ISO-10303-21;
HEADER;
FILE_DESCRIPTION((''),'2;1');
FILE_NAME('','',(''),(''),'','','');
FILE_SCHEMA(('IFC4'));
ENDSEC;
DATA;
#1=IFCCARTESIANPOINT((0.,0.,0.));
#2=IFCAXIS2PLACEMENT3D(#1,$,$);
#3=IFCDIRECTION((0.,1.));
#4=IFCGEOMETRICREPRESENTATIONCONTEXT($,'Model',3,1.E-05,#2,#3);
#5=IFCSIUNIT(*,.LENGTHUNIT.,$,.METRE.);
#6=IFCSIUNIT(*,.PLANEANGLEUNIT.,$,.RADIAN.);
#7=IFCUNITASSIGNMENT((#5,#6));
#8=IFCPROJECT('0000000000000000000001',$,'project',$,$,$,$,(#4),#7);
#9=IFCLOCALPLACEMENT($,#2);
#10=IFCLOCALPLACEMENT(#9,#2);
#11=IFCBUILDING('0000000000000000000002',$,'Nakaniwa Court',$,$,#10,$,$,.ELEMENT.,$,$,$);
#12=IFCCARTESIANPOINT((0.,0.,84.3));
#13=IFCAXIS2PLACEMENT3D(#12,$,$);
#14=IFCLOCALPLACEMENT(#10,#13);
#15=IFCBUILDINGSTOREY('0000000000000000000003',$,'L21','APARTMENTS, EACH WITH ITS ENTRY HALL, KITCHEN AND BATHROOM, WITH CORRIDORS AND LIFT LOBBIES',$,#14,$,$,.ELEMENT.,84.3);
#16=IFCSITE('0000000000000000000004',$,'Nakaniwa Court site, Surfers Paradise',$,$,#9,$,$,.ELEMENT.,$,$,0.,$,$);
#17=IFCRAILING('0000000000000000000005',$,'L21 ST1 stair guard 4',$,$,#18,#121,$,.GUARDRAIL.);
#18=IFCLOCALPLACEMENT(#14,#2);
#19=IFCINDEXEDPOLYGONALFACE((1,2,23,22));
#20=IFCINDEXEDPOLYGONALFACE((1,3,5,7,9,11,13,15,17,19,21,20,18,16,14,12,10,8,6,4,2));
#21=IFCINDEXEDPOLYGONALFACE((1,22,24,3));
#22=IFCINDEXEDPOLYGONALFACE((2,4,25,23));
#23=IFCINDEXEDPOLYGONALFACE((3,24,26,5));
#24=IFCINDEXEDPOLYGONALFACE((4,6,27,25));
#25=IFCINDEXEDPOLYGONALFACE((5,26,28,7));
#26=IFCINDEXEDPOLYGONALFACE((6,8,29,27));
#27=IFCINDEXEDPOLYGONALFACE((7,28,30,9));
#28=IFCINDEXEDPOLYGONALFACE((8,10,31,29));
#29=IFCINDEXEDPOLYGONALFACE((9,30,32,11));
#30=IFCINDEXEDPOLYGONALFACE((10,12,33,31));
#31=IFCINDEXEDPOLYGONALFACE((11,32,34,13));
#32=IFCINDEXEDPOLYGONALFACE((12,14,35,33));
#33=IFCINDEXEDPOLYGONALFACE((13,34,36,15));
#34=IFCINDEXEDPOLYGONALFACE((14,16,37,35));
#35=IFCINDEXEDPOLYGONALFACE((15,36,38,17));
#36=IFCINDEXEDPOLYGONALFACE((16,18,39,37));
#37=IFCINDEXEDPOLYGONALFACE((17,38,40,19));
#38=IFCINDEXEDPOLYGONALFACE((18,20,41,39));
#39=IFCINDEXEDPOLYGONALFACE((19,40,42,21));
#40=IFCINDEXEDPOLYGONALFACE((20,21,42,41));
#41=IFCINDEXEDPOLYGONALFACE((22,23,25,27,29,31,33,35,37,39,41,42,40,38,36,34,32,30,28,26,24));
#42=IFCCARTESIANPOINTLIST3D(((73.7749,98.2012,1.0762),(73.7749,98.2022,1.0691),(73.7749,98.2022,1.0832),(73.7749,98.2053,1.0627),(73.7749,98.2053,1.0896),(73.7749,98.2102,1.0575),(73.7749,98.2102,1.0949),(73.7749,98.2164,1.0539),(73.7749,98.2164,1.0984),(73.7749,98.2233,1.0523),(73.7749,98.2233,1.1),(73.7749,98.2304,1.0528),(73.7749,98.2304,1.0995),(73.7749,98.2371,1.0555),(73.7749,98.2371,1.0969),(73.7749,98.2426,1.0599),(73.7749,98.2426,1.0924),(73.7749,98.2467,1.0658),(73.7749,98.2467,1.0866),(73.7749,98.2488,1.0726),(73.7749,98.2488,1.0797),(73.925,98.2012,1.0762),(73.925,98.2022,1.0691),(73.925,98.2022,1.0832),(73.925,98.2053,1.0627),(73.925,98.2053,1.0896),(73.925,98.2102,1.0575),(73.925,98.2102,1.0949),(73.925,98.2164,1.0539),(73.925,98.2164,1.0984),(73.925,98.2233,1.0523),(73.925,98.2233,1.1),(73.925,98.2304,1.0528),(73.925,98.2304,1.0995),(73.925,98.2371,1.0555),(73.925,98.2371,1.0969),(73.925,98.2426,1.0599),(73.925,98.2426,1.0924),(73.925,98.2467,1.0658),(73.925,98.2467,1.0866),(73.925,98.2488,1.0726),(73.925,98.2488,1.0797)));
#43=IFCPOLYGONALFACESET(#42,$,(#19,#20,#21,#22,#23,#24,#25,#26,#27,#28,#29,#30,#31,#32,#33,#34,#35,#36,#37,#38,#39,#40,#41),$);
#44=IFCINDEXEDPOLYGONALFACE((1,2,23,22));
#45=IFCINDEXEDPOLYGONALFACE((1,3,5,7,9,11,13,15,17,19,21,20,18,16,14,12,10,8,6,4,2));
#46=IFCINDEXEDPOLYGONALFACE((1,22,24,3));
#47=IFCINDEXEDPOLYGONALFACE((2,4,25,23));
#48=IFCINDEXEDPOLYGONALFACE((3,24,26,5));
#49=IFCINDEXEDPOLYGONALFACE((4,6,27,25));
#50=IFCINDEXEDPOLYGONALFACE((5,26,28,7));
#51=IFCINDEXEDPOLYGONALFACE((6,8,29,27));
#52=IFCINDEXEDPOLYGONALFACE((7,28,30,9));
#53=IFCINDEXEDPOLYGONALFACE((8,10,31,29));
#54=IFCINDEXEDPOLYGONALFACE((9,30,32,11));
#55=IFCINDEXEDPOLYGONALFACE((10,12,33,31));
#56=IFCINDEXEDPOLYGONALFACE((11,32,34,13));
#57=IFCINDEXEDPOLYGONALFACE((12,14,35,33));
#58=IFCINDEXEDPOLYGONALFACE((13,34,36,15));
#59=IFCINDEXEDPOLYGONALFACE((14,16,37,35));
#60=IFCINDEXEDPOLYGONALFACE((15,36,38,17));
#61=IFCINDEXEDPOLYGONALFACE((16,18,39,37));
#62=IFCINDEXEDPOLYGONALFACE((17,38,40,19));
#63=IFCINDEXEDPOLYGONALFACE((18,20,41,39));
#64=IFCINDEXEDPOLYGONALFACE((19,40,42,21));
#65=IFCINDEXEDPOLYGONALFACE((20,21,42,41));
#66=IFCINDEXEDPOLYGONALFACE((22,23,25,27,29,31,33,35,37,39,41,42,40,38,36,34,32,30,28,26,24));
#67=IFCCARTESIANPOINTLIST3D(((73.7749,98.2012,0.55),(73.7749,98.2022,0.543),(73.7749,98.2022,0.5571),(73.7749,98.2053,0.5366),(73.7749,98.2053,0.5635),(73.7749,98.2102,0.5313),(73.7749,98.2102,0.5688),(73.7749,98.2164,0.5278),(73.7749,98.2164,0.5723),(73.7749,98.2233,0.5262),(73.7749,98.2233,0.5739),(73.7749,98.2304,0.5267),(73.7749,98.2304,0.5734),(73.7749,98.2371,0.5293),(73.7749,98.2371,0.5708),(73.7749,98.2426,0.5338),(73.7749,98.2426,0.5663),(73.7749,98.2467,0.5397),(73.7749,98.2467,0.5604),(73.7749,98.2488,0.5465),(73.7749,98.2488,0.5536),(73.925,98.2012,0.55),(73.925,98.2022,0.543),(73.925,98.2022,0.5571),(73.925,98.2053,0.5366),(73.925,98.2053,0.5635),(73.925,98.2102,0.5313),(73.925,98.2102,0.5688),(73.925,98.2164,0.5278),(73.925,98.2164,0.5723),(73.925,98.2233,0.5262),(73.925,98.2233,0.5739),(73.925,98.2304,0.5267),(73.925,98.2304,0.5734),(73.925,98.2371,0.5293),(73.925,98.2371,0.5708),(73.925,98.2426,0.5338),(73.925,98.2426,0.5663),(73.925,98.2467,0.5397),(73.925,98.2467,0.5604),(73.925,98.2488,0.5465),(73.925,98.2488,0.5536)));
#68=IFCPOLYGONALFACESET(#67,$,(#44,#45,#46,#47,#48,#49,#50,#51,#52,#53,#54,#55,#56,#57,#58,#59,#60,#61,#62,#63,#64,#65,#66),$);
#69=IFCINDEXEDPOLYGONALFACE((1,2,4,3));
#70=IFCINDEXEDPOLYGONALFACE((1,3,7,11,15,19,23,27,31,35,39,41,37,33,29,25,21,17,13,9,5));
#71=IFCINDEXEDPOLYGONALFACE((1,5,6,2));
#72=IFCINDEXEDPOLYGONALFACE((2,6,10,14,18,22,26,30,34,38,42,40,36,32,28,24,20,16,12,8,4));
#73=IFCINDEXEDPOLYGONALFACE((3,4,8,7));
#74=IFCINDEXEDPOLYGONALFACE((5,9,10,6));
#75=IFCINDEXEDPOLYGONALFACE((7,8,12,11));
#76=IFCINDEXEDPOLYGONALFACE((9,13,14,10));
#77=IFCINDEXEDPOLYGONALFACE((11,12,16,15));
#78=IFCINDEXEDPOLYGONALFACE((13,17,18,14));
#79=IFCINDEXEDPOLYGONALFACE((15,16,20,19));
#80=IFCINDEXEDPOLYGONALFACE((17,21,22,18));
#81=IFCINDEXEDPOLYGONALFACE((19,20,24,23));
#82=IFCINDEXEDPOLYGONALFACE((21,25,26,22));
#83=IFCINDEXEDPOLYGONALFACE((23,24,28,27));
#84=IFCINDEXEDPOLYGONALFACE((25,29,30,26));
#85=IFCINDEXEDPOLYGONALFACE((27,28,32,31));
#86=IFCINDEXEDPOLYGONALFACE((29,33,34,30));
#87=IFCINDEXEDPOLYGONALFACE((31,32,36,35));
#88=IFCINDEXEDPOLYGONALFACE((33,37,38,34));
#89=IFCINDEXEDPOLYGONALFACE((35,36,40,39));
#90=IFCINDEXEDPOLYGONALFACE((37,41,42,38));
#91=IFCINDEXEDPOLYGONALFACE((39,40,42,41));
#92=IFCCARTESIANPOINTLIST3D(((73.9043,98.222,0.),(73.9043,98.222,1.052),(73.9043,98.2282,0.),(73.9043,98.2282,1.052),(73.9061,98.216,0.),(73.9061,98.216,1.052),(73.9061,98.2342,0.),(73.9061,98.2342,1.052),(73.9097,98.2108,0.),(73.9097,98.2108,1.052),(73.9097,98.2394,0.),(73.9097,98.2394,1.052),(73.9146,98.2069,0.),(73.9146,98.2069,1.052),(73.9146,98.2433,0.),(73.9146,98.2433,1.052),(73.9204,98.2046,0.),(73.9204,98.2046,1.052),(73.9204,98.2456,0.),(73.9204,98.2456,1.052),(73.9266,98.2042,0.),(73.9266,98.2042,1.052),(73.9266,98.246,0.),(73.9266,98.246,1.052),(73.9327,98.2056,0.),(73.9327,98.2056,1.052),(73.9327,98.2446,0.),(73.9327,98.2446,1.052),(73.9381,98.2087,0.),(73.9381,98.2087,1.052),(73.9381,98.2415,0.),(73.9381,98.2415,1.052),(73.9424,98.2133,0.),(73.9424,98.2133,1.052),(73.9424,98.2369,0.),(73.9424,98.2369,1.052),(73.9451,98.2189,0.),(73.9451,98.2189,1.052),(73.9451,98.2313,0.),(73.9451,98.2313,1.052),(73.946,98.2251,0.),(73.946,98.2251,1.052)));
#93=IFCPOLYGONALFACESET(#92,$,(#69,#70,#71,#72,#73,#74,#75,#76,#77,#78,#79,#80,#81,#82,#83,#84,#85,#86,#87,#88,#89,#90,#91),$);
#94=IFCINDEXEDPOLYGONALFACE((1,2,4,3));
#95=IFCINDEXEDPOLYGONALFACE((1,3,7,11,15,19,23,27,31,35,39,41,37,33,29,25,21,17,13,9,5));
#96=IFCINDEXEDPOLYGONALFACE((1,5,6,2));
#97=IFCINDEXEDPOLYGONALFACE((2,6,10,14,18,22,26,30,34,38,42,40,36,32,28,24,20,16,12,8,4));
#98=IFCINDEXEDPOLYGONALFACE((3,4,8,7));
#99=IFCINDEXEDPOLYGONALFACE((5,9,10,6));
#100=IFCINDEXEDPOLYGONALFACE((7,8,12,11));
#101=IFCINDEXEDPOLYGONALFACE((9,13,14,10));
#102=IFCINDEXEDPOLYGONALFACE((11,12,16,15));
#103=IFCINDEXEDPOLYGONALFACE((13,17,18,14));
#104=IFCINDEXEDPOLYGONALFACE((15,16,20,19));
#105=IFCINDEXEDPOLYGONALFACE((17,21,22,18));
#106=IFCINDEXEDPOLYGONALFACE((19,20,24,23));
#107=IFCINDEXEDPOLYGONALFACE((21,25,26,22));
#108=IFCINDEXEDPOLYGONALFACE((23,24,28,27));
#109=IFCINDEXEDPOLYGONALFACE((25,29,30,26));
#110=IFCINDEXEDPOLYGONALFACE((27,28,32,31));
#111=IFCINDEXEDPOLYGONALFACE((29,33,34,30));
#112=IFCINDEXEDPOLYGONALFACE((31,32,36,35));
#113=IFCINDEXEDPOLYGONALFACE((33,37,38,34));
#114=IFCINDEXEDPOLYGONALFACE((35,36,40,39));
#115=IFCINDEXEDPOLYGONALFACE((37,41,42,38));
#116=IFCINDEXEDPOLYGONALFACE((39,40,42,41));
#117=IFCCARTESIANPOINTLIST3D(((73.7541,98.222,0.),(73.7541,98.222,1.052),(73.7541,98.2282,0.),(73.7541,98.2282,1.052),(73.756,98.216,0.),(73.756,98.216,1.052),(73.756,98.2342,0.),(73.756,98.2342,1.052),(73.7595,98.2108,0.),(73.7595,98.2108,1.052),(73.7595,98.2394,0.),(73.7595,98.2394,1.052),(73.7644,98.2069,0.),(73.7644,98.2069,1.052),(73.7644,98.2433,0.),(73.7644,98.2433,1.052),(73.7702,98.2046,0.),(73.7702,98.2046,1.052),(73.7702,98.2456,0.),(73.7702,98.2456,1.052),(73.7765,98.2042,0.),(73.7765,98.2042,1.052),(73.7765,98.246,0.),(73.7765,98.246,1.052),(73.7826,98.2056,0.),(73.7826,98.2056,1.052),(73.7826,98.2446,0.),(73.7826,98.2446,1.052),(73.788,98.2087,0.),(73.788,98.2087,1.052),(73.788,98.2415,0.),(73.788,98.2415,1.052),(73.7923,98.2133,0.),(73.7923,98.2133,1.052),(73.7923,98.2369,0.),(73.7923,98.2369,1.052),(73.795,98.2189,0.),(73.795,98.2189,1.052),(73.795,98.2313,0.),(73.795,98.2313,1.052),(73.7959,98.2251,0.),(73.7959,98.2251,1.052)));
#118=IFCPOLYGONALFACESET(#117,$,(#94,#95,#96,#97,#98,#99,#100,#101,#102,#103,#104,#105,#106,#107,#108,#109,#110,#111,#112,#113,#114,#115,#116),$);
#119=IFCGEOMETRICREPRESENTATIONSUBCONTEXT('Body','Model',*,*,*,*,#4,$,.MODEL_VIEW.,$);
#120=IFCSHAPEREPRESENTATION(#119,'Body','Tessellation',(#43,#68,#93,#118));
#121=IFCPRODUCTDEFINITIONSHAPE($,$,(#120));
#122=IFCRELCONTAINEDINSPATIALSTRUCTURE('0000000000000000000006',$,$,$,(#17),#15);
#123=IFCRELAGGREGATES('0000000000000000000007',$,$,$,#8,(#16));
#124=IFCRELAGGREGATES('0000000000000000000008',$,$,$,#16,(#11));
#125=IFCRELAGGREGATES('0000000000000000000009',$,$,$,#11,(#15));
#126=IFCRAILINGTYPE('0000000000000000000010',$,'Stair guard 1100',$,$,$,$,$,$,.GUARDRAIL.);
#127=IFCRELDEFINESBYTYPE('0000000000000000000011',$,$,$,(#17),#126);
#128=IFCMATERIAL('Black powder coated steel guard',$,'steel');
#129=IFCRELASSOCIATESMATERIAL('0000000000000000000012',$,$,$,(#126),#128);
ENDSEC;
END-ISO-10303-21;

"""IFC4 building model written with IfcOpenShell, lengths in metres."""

from ifc_helpers import new_model, si_unit, direction, frame, origin, origin_2d, place, context, subcontext, project, spatial, circle, extrude, material, type_object, element, save


model = new_model("IFC4")

# Units and contexts
model_context = context("Model", 3, precision=1e-05, world=origin(), true_north=direction((0.0, 1.0)))
body_context = subcontext(model_context, "Body", "Model", "MODEL_VIEW")
ifc_project = project(units=[si_unit("LENGTHUNIT", "METRE"), si_unit("PLANEANGLEUNIT", "RADIAN")], contexts=[model_context])

# Site, building, storey
site_placement = place(None, origin())
site = spatial("IfcSite", under=ifc_project, at=site_placement, Name="Nakaniwa Court site, Surfers Paradise", CompositionType="ELEMENT", RefElevation=0.0)
building_placement = place(site_placement, origin())
building = spatial("IfcBuilding", under=site, at=building_placement, Name="Nakaniwa Court", CompositionType="ELEMENT")
storey_placement = place(building_placement, frame((0.0, 0.0, 84.3)))
storey = spatial("IfcBuildingStorey", under=building, at=storey_placement, Name="L21", Description="APARTMENTS, EACH WITH ITS ENTRY HALL, KITCHEN AND BATHROOM, WITH CORRIDORS AND LIFT LOBBIES", CompositionType="ELEMENT", Elevation=84.3)

# Railing
ifc_material_1 = material(Name="Black powder coated steel guard", Category="steel")
railing_type_1 = type_object("IfcRailingType", Name="Stair guard 1100", PredefinedType="GUARDRAIL", material=ifc_material_1)
railing_1_placement = place(storey_placement, frame((73.925, 98.2251, 0.0)))
element("IfcRailing", 1, at=railing_1_placement, inside=storey, type_object=railing_type_1, Name="L21 ST1 stair guard 4", PredefinedType="GUARDRAIL", context=body_context, shape_type="SweptSolid", body=[
    extrude(circle(Radius=0.0239, at=origin_2d()), frame((0.0, 0.0, 1.0762), z_axis=(-1.0, 0.0, 0.0), x_axis=(0.0, -1.0, 0.0)), (0.0, 0.0, 1.0), 0.1501),
    extrude(circle(Radius=0.0239, at=origin_2d()), frame((0.0, 0.0, 0.55), z_axis=(-1.0, 0.0, 0.0), x_axis=(0.0, -1.0, 0.0)), (0.0, 0.0, 1.0), 0.1501),
    extrude(circle(Radius=0.021, at=origin_2d()), origin(), (0.0, 0.0, 1.0), 1.052),
    extrude(circle(Radius=0.021, at=origin_2d()), frame((-0.1501, 0.0, 0.0)), (0.0, 0.0, 1.0), 1.052),
])

save(model, "model.ifc")
